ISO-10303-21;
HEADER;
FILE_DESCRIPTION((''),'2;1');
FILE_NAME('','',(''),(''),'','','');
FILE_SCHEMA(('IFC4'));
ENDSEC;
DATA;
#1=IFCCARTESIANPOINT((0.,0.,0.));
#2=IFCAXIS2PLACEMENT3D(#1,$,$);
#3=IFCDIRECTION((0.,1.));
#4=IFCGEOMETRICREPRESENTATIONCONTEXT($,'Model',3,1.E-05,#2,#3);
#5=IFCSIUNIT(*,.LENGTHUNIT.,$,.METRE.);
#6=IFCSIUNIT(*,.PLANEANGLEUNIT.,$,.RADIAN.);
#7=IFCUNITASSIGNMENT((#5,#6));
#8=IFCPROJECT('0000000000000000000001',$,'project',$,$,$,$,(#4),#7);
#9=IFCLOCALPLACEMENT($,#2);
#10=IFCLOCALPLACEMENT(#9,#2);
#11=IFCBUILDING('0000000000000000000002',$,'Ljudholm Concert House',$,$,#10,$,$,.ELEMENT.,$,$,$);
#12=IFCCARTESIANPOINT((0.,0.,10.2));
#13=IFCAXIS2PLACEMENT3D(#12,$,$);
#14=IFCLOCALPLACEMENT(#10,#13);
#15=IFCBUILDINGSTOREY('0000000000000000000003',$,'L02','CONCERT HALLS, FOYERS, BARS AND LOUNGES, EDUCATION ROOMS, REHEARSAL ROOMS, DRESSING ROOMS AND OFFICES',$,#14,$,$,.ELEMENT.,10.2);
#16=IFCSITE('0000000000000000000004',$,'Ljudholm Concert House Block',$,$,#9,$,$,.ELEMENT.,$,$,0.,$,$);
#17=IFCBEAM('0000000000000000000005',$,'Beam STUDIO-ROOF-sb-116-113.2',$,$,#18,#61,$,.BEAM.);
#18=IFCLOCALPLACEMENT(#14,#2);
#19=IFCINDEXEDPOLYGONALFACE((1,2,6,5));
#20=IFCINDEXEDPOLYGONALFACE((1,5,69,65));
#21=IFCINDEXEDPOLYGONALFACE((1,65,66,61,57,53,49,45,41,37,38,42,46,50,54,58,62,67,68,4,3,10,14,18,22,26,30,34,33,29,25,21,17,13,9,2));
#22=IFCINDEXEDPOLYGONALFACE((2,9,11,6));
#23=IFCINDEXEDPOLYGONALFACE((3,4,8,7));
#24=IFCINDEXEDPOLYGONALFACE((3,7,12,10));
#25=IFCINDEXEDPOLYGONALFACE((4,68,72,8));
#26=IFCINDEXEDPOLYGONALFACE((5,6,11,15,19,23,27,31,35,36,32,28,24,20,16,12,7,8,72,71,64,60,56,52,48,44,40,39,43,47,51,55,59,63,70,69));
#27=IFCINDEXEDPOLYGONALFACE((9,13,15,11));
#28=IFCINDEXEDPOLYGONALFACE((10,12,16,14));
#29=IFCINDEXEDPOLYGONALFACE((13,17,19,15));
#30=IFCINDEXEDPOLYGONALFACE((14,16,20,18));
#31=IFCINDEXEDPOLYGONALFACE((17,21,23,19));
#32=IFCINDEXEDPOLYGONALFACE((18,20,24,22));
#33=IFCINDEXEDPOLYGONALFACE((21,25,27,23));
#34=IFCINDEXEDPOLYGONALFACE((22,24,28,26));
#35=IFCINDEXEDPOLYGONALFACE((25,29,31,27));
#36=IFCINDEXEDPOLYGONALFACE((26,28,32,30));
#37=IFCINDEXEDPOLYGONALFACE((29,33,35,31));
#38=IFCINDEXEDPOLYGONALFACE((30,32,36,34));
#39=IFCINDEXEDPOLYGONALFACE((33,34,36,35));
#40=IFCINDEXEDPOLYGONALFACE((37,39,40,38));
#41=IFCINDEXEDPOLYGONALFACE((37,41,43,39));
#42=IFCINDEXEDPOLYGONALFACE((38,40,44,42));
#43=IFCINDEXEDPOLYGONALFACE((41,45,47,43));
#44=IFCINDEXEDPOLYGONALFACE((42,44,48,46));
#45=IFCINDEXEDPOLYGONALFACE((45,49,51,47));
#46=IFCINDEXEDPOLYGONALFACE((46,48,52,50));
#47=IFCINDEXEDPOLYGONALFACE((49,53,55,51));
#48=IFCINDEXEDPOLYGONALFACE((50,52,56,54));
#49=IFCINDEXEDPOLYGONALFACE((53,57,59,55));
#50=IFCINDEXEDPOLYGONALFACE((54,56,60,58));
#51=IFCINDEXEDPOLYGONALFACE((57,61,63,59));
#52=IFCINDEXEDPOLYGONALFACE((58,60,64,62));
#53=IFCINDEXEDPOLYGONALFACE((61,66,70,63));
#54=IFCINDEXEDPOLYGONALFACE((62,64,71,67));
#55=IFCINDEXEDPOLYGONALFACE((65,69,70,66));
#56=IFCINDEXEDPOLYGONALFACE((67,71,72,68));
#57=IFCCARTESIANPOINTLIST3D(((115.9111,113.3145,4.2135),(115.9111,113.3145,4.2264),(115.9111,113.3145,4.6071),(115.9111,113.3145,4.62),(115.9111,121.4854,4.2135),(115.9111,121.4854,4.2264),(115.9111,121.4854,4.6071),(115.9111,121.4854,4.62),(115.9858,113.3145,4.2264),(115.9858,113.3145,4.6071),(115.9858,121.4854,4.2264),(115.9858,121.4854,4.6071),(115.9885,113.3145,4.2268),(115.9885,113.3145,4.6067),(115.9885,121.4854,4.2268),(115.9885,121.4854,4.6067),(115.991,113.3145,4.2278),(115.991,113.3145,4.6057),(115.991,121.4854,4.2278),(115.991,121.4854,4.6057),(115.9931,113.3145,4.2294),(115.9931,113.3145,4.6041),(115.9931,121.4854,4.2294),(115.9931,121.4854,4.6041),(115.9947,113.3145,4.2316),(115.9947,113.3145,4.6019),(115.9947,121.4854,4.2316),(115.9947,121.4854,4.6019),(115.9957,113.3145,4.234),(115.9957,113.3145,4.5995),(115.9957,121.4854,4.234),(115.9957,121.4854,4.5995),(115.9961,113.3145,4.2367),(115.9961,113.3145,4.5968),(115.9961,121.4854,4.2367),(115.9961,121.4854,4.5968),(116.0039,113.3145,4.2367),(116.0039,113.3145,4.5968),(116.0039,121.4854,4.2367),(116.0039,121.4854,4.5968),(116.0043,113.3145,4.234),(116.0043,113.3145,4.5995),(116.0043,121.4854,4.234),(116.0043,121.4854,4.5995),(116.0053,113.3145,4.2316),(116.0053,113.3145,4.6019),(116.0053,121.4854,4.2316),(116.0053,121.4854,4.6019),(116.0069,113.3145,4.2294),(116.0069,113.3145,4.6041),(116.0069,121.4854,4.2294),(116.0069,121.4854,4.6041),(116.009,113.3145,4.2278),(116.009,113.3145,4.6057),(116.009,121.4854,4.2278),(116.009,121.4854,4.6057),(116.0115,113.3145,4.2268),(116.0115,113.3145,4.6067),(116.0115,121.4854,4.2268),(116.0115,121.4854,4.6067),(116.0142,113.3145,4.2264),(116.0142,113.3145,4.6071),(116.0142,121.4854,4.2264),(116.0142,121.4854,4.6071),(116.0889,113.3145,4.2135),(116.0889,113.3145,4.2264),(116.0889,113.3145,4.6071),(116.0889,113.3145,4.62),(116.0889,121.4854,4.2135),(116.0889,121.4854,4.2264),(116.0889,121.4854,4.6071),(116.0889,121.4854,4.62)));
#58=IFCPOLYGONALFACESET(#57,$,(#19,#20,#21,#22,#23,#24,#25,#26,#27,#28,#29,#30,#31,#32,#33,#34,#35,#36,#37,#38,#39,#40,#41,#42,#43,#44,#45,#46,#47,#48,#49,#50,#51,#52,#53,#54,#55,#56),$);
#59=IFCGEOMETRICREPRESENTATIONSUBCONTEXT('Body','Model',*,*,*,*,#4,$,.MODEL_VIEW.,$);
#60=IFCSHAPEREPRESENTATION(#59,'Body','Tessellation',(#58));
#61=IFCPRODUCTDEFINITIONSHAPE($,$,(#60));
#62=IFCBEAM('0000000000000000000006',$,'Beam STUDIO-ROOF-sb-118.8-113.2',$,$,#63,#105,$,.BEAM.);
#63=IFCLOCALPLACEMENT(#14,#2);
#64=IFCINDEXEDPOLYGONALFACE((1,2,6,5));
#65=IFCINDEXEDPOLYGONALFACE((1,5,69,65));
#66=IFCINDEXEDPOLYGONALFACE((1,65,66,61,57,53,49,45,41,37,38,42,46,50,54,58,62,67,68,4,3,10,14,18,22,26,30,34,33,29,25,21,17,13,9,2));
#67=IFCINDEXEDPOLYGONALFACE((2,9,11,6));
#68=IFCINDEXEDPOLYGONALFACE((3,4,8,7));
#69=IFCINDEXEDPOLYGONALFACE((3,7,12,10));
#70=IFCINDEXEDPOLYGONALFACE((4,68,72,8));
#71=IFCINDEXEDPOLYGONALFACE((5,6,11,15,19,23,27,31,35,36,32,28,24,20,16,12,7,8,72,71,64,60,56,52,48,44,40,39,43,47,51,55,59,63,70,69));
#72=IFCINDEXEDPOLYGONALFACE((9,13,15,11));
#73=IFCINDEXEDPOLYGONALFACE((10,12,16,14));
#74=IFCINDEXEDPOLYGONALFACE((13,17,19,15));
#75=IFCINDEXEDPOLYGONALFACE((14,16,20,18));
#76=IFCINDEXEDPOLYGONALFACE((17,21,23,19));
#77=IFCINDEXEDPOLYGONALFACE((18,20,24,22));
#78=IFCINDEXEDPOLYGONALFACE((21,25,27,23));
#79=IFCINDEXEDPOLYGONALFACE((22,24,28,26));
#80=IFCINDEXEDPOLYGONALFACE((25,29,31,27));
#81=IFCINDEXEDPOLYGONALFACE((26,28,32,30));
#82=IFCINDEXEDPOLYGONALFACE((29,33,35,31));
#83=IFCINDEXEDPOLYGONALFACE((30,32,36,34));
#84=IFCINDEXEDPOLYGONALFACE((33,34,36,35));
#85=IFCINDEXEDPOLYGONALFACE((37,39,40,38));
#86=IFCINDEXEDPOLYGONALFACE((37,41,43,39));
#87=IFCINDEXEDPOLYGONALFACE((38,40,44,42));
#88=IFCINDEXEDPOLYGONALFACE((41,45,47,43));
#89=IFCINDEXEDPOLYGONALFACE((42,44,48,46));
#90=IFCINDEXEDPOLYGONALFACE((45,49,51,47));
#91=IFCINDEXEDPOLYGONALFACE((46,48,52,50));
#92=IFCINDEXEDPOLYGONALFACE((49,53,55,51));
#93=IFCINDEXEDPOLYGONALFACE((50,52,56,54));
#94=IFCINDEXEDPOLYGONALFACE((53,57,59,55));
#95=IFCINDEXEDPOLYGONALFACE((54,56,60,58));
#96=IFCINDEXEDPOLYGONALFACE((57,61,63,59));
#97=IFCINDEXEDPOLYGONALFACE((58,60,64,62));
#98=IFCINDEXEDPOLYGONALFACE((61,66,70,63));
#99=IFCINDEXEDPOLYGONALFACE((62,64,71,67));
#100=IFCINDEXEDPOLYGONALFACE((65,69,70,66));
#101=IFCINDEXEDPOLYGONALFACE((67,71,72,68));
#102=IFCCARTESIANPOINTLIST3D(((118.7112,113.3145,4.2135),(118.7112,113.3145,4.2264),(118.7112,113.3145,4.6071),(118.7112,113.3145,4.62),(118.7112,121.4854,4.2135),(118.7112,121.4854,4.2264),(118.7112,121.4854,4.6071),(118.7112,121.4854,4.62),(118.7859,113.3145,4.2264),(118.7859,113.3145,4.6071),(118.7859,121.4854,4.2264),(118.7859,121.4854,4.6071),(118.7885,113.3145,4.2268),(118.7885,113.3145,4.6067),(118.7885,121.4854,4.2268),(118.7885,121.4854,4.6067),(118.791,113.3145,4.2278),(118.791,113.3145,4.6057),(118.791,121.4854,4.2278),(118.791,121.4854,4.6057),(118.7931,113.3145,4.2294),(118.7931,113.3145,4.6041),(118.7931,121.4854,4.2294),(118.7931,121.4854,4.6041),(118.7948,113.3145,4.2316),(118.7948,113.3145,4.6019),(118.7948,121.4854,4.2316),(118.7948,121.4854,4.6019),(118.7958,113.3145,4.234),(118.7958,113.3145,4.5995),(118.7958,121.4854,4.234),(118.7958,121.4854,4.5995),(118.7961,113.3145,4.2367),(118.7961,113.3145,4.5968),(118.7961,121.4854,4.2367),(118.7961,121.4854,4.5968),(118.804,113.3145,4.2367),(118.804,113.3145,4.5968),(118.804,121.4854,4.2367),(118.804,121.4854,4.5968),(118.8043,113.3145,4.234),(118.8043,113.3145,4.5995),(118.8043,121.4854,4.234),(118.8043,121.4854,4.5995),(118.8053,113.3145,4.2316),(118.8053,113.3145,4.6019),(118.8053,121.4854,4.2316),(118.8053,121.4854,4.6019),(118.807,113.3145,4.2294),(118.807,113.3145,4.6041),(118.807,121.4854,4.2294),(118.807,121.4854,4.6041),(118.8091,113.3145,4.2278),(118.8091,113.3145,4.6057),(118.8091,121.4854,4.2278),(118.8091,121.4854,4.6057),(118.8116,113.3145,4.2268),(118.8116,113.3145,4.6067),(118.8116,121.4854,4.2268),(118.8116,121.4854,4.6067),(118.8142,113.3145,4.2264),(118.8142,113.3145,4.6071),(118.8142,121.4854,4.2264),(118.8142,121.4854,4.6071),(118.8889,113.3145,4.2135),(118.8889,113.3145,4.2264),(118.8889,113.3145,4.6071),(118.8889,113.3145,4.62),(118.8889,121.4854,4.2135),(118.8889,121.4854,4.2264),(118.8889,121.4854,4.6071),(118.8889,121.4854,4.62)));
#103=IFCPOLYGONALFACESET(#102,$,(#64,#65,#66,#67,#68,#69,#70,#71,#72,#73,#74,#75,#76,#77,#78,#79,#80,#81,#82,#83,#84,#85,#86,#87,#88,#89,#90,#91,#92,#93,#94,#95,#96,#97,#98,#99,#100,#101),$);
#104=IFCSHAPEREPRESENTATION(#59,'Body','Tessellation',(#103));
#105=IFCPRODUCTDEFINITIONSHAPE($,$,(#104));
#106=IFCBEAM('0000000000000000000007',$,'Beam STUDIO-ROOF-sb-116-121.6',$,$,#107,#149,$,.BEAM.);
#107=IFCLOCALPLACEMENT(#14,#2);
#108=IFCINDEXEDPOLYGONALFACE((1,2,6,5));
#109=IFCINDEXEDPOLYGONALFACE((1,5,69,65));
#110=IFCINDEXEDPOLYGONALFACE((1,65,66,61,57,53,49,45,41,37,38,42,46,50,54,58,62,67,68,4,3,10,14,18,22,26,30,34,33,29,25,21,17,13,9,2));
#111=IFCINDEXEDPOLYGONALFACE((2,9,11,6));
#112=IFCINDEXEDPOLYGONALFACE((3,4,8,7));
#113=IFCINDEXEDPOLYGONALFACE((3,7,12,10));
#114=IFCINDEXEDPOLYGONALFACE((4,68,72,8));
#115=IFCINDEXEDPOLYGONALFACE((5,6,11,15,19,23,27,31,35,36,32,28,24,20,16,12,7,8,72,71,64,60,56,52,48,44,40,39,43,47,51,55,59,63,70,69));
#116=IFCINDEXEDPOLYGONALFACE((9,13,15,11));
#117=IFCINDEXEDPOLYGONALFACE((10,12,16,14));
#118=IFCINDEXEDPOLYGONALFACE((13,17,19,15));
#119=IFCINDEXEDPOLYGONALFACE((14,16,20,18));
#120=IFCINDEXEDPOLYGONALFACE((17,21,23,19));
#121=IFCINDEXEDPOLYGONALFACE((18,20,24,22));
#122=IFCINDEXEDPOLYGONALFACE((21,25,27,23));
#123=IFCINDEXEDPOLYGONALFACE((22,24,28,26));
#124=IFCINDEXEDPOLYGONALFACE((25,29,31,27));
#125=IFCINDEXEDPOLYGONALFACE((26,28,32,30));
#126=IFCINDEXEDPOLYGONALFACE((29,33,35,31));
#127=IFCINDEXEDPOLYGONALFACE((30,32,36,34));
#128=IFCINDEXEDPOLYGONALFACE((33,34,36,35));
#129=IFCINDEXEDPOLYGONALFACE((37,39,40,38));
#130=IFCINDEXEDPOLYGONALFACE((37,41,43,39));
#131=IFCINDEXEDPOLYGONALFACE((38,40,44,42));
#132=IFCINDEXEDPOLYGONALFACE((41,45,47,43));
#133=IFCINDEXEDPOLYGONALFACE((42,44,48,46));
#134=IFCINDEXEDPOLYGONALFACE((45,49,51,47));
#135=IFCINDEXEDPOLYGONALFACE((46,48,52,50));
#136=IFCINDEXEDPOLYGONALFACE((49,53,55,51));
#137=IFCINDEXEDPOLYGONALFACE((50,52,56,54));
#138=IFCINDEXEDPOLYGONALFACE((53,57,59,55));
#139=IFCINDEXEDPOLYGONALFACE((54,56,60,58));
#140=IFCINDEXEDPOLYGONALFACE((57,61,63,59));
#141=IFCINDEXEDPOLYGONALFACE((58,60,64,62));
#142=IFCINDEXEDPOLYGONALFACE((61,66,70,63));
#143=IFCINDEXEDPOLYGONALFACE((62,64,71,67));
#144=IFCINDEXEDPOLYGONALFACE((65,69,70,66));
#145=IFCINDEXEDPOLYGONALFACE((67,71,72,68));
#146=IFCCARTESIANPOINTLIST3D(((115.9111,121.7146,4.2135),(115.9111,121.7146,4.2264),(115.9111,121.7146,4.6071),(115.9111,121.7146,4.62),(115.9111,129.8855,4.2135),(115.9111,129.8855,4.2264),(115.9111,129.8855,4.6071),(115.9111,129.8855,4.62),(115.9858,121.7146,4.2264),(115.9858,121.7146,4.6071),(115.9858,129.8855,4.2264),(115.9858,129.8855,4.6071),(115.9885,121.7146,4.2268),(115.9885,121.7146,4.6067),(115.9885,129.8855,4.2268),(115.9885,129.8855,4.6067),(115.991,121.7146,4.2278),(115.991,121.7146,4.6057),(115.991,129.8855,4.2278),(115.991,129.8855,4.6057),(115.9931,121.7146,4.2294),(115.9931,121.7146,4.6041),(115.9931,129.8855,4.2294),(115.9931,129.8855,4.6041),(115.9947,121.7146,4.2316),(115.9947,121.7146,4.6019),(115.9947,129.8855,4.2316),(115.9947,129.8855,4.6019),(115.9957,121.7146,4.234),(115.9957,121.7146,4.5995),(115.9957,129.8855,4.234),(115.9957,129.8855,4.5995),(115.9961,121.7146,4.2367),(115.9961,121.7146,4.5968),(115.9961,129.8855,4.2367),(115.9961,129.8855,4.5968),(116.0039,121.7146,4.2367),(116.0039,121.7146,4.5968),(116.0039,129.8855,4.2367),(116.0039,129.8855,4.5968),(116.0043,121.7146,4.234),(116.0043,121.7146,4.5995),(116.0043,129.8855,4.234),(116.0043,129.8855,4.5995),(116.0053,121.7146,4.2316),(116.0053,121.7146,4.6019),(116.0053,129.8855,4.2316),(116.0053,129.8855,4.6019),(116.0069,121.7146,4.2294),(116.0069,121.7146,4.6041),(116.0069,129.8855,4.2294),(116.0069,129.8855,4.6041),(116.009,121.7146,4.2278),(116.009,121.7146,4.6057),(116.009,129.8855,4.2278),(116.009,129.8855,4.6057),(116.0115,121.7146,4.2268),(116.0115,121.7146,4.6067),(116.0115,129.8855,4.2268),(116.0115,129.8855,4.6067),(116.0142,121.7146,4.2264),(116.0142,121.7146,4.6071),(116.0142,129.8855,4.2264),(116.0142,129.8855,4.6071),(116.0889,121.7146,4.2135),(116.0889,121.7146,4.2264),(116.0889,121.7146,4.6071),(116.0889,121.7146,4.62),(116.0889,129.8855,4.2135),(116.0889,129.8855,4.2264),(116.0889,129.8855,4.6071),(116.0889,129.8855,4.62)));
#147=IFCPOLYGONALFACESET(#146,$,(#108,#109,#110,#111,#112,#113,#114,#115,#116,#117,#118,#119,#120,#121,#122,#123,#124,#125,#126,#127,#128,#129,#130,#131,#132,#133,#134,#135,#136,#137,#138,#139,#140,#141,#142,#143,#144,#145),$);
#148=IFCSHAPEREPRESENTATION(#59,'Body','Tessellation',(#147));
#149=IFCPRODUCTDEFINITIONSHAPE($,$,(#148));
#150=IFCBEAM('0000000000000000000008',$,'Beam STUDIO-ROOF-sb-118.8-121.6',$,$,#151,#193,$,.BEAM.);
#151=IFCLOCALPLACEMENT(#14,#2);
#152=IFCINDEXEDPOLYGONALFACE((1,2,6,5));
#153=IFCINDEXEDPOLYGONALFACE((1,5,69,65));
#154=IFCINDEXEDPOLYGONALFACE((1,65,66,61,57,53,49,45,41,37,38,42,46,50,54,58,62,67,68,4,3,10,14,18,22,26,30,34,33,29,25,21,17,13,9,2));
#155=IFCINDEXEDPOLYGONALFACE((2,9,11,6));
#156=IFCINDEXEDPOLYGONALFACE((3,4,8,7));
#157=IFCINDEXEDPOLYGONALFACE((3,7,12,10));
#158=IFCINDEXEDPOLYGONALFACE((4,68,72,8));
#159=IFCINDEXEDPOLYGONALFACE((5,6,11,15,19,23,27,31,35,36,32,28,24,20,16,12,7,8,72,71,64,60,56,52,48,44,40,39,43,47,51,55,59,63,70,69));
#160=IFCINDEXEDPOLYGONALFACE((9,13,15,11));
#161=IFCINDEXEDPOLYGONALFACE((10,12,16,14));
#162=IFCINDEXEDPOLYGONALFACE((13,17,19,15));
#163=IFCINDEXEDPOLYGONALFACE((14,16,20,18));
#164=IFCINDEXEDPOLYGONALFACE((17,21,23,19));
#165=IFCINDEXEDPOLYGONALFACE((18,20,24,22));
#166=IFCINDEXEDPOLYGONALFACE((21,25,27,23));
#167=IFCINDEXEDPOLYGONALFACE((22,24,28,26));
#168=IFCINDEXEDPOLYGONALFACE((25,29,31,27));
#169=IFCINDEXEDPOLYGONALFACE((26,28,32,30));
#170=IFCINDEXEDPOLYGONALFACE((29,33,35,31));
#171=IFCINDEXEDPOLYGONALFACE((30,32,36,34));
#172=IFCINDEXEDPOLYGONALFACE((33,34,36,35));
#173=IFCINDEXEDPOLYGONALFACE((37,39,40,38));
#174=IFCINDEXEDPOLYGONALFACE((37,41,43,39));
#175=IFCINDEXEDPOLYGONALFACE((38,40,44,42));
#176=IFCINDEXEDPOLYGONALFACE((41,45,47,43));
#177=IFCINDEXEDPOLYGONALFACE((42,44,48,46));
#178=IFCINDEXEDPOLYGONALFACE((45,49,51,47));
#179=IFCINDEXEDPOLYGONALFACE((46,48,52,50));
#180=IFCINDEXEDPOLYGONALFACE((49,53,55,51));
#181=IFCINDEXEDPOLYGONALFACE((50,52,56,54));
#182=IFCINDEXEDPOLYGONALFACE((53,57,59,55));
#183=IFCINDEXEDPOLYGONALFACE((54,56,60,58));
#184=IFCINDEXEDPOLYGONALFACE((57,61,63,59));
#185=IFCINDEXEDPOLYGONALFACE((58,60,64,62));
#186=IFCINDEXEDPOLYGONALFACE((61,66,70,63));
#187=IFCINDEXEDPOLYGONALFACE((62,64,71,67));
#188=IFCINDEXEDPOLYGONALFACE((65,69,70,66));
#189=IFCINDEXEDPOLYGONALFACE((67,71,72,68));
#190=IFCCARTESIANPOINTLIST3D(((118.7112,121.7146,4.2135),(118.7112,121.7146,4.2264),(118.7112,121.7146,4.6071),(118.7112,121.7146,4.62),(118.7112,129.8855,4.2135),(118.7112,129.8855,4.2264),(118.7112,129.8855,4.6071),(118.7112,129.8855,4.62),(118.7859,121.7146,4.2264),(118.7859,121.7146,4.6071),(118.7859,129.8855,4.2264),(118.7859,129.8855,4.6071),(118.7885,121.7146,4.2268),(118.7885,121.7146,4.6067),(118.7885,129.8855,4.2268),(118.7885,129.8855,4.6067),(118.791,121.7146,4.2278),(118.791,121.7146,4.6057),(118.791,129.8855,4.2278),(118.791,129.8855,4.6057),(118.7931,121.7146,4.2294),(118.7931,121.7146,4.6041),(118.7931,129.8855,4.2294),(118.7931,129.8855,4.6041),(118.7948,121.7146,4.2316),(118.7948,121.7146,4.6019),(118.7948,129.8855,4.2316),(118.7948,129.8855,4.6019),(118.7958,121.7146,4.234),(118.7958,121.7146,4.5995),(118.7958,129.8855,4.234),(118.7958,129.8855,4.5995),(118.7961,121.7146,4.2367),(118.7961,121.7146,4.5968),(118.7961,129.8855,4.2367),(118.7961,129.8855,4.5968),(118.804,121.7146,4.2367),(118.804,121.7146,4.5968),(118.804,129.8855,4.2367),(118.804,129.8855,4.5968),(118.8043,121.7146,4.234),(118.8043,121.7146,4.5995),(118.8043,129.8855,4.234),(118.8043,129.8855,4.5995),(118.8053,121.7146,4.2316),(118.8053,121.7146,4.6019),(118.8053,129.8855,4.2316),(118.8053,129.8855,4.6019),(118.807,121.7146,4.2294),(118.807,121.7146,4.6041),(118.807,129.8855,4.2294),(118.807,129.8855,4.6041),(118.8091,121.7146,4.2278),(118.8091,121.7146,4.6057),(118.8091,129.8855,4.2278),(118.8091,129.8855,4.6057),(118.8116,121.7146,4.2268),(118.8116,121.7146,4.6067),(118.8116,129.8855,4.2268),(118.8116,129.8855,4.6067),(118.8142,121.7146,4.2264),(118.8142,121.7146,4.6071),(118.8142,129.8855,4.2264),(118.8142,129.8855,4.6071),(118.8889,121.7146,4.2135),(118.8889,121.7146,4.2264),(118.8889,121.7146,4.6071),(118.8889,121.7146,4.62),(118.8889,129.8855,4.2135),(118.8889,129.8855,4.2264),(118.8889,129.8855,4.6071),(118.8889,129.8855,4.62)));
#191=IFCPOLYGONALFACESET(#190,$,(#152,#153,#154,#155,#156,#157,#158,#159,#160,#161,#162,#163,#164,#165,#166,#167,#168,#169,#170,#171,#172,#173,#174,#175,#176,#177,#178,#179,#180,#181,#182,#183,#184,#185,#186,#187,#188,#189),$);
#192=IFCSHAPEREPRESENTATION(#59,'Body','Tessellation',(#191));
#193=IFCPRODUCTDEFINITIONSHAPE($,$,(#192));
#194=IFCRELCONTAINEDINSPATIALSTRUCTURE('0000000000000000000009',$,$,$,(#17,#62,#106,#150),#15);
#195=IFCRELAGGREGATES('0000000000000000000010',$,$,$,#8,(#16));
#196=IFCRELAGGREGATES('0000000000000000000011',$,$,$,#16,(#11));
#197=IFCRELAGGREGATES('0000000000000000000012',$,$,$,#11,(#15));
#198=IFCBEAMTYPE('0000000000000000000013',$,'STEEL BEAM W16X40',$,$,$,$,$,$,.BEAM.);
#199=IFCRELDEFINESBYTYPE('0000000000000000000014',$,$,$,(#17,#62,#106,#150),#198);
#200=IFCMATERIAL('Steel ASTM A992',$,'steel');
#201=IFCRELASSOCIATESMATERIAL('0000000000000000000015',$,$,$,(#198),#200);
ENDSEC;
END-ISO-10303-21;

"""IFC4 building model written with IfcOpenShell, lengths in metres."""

from ifc_helpers import new_model, si_unit, direction, frame, origin, origin_2d, place, context, subcontext, project, spatial, i_section, extrude, material, material_profile, profile_set, type_object, element, save


model = new_model("IFC4")

# Units and contexts
model_context = context("Model", 3, precision=1e-05, world=origin(), true_north=direction((0.0, 1.0)))
body_context = subcontext(model_context, "Body", "Model", "MODEL_VIEW")
ifc_project = project(units=[si_unit("LENGTHUNIT", "METRE"), si_unit("PLANEANGLEUNIT", "RADIAN")], contexts=[model_context])

# Site, building, storey
site_placement = place(None, origin())
site = spatial("IfcSite", under=ifc_project, at=site_placement, Name="Ljudholm Concert House Block", CompositionType="ELEMENT", RefElevation=0.0)
building_placement = place(site_placement, origin())
building = spatial("IfcBuilding", under=site, at=building_placement, Name="Ljudholm Concert House", CompositionType="ELEMENT")
storey_placement = place(building_placement, frame((0.0, 0.0, 10.2)))
storey = spatial("IfcBuildingStorey", under=building, at=storey_placement, Name="L02", Description="CONCERT HALLS, FOYERS, BARS AND LOUNGES, EDUCATION ROOMS, REHEARSAL ROOMS, DRESSING ROOMS AND OFFICES", CompositionType="ELEMENT", Elevation=10.2)

# Beams
ifc_material_1 = material(Name="Steel ASTM A992", Category="steel")
ifc_material_profile_1 = material_profile(ifc_material_1, i_section(OverallWidth=0.1777, OverallDepth=0.4065, WebThickness=0.0078, FlangeThickness=0.0129, FilletRadius=0.0103, at=origin_2d()), Name="W16X40")
ifc_profile_set_1 = profile_set([ifc_material_profile_1], Name="Steel ASTM A992")
beam_type_1 = type_object("IfcBeamType", Name="STEEL BEAM W16X40", PredefinedType="BEAM", material=ifc_profile_set_1)
for number, where, z_axis, x_axis, name in (
    (1, (116.0, 113.3145, 4.4167), (0.0, 1.0, 0.0), (-1.0, 0.0, 0.0), "Beam STUDIO-ROOF-sb-116-113.2"),
    (2, (118.8, 113.3145, 4.4167), (0.0, 1.0, 0.0), (-1.0, 0.0, 0.0), "Beam STUDIO-ROOF-sb-118.8-113.2"),
    (3, (116.0, 121.7146, 4.4167), (0.0, 1.0, 0.0), (-1.0, 0.0, 0.0), "Beam STUDIO-ROOF-sb-116-121.6"),
    (4, (118.8, 121.7146, 4.4167), (0.0, 1.0, 0.0), (-1.0, 0.0, 0.0), "Beam STUDIO-ROOF-sb-118.8-121.6"),
):
    element("IfcBeam", number, at=place(storey_placement, frame(where, z_axis=z_axis, x_axis=x_axis)), inside=storey, type_object=beam_type_1, Name=name, PredefinedType="BEAM", context=body_context, shape_type="SweptSolid", body=[
        extrude(i_section(OverallWidth=0.1777, OverallDepth=0.4065, WebThickness=0.0078, FlangeThickness=0.0129, FilletRadius=0.0103, at=origin_2d()), origin(), (0.0, 0.0, 1.0), 8.1709),
    ])

save(model, "model.ifc")
